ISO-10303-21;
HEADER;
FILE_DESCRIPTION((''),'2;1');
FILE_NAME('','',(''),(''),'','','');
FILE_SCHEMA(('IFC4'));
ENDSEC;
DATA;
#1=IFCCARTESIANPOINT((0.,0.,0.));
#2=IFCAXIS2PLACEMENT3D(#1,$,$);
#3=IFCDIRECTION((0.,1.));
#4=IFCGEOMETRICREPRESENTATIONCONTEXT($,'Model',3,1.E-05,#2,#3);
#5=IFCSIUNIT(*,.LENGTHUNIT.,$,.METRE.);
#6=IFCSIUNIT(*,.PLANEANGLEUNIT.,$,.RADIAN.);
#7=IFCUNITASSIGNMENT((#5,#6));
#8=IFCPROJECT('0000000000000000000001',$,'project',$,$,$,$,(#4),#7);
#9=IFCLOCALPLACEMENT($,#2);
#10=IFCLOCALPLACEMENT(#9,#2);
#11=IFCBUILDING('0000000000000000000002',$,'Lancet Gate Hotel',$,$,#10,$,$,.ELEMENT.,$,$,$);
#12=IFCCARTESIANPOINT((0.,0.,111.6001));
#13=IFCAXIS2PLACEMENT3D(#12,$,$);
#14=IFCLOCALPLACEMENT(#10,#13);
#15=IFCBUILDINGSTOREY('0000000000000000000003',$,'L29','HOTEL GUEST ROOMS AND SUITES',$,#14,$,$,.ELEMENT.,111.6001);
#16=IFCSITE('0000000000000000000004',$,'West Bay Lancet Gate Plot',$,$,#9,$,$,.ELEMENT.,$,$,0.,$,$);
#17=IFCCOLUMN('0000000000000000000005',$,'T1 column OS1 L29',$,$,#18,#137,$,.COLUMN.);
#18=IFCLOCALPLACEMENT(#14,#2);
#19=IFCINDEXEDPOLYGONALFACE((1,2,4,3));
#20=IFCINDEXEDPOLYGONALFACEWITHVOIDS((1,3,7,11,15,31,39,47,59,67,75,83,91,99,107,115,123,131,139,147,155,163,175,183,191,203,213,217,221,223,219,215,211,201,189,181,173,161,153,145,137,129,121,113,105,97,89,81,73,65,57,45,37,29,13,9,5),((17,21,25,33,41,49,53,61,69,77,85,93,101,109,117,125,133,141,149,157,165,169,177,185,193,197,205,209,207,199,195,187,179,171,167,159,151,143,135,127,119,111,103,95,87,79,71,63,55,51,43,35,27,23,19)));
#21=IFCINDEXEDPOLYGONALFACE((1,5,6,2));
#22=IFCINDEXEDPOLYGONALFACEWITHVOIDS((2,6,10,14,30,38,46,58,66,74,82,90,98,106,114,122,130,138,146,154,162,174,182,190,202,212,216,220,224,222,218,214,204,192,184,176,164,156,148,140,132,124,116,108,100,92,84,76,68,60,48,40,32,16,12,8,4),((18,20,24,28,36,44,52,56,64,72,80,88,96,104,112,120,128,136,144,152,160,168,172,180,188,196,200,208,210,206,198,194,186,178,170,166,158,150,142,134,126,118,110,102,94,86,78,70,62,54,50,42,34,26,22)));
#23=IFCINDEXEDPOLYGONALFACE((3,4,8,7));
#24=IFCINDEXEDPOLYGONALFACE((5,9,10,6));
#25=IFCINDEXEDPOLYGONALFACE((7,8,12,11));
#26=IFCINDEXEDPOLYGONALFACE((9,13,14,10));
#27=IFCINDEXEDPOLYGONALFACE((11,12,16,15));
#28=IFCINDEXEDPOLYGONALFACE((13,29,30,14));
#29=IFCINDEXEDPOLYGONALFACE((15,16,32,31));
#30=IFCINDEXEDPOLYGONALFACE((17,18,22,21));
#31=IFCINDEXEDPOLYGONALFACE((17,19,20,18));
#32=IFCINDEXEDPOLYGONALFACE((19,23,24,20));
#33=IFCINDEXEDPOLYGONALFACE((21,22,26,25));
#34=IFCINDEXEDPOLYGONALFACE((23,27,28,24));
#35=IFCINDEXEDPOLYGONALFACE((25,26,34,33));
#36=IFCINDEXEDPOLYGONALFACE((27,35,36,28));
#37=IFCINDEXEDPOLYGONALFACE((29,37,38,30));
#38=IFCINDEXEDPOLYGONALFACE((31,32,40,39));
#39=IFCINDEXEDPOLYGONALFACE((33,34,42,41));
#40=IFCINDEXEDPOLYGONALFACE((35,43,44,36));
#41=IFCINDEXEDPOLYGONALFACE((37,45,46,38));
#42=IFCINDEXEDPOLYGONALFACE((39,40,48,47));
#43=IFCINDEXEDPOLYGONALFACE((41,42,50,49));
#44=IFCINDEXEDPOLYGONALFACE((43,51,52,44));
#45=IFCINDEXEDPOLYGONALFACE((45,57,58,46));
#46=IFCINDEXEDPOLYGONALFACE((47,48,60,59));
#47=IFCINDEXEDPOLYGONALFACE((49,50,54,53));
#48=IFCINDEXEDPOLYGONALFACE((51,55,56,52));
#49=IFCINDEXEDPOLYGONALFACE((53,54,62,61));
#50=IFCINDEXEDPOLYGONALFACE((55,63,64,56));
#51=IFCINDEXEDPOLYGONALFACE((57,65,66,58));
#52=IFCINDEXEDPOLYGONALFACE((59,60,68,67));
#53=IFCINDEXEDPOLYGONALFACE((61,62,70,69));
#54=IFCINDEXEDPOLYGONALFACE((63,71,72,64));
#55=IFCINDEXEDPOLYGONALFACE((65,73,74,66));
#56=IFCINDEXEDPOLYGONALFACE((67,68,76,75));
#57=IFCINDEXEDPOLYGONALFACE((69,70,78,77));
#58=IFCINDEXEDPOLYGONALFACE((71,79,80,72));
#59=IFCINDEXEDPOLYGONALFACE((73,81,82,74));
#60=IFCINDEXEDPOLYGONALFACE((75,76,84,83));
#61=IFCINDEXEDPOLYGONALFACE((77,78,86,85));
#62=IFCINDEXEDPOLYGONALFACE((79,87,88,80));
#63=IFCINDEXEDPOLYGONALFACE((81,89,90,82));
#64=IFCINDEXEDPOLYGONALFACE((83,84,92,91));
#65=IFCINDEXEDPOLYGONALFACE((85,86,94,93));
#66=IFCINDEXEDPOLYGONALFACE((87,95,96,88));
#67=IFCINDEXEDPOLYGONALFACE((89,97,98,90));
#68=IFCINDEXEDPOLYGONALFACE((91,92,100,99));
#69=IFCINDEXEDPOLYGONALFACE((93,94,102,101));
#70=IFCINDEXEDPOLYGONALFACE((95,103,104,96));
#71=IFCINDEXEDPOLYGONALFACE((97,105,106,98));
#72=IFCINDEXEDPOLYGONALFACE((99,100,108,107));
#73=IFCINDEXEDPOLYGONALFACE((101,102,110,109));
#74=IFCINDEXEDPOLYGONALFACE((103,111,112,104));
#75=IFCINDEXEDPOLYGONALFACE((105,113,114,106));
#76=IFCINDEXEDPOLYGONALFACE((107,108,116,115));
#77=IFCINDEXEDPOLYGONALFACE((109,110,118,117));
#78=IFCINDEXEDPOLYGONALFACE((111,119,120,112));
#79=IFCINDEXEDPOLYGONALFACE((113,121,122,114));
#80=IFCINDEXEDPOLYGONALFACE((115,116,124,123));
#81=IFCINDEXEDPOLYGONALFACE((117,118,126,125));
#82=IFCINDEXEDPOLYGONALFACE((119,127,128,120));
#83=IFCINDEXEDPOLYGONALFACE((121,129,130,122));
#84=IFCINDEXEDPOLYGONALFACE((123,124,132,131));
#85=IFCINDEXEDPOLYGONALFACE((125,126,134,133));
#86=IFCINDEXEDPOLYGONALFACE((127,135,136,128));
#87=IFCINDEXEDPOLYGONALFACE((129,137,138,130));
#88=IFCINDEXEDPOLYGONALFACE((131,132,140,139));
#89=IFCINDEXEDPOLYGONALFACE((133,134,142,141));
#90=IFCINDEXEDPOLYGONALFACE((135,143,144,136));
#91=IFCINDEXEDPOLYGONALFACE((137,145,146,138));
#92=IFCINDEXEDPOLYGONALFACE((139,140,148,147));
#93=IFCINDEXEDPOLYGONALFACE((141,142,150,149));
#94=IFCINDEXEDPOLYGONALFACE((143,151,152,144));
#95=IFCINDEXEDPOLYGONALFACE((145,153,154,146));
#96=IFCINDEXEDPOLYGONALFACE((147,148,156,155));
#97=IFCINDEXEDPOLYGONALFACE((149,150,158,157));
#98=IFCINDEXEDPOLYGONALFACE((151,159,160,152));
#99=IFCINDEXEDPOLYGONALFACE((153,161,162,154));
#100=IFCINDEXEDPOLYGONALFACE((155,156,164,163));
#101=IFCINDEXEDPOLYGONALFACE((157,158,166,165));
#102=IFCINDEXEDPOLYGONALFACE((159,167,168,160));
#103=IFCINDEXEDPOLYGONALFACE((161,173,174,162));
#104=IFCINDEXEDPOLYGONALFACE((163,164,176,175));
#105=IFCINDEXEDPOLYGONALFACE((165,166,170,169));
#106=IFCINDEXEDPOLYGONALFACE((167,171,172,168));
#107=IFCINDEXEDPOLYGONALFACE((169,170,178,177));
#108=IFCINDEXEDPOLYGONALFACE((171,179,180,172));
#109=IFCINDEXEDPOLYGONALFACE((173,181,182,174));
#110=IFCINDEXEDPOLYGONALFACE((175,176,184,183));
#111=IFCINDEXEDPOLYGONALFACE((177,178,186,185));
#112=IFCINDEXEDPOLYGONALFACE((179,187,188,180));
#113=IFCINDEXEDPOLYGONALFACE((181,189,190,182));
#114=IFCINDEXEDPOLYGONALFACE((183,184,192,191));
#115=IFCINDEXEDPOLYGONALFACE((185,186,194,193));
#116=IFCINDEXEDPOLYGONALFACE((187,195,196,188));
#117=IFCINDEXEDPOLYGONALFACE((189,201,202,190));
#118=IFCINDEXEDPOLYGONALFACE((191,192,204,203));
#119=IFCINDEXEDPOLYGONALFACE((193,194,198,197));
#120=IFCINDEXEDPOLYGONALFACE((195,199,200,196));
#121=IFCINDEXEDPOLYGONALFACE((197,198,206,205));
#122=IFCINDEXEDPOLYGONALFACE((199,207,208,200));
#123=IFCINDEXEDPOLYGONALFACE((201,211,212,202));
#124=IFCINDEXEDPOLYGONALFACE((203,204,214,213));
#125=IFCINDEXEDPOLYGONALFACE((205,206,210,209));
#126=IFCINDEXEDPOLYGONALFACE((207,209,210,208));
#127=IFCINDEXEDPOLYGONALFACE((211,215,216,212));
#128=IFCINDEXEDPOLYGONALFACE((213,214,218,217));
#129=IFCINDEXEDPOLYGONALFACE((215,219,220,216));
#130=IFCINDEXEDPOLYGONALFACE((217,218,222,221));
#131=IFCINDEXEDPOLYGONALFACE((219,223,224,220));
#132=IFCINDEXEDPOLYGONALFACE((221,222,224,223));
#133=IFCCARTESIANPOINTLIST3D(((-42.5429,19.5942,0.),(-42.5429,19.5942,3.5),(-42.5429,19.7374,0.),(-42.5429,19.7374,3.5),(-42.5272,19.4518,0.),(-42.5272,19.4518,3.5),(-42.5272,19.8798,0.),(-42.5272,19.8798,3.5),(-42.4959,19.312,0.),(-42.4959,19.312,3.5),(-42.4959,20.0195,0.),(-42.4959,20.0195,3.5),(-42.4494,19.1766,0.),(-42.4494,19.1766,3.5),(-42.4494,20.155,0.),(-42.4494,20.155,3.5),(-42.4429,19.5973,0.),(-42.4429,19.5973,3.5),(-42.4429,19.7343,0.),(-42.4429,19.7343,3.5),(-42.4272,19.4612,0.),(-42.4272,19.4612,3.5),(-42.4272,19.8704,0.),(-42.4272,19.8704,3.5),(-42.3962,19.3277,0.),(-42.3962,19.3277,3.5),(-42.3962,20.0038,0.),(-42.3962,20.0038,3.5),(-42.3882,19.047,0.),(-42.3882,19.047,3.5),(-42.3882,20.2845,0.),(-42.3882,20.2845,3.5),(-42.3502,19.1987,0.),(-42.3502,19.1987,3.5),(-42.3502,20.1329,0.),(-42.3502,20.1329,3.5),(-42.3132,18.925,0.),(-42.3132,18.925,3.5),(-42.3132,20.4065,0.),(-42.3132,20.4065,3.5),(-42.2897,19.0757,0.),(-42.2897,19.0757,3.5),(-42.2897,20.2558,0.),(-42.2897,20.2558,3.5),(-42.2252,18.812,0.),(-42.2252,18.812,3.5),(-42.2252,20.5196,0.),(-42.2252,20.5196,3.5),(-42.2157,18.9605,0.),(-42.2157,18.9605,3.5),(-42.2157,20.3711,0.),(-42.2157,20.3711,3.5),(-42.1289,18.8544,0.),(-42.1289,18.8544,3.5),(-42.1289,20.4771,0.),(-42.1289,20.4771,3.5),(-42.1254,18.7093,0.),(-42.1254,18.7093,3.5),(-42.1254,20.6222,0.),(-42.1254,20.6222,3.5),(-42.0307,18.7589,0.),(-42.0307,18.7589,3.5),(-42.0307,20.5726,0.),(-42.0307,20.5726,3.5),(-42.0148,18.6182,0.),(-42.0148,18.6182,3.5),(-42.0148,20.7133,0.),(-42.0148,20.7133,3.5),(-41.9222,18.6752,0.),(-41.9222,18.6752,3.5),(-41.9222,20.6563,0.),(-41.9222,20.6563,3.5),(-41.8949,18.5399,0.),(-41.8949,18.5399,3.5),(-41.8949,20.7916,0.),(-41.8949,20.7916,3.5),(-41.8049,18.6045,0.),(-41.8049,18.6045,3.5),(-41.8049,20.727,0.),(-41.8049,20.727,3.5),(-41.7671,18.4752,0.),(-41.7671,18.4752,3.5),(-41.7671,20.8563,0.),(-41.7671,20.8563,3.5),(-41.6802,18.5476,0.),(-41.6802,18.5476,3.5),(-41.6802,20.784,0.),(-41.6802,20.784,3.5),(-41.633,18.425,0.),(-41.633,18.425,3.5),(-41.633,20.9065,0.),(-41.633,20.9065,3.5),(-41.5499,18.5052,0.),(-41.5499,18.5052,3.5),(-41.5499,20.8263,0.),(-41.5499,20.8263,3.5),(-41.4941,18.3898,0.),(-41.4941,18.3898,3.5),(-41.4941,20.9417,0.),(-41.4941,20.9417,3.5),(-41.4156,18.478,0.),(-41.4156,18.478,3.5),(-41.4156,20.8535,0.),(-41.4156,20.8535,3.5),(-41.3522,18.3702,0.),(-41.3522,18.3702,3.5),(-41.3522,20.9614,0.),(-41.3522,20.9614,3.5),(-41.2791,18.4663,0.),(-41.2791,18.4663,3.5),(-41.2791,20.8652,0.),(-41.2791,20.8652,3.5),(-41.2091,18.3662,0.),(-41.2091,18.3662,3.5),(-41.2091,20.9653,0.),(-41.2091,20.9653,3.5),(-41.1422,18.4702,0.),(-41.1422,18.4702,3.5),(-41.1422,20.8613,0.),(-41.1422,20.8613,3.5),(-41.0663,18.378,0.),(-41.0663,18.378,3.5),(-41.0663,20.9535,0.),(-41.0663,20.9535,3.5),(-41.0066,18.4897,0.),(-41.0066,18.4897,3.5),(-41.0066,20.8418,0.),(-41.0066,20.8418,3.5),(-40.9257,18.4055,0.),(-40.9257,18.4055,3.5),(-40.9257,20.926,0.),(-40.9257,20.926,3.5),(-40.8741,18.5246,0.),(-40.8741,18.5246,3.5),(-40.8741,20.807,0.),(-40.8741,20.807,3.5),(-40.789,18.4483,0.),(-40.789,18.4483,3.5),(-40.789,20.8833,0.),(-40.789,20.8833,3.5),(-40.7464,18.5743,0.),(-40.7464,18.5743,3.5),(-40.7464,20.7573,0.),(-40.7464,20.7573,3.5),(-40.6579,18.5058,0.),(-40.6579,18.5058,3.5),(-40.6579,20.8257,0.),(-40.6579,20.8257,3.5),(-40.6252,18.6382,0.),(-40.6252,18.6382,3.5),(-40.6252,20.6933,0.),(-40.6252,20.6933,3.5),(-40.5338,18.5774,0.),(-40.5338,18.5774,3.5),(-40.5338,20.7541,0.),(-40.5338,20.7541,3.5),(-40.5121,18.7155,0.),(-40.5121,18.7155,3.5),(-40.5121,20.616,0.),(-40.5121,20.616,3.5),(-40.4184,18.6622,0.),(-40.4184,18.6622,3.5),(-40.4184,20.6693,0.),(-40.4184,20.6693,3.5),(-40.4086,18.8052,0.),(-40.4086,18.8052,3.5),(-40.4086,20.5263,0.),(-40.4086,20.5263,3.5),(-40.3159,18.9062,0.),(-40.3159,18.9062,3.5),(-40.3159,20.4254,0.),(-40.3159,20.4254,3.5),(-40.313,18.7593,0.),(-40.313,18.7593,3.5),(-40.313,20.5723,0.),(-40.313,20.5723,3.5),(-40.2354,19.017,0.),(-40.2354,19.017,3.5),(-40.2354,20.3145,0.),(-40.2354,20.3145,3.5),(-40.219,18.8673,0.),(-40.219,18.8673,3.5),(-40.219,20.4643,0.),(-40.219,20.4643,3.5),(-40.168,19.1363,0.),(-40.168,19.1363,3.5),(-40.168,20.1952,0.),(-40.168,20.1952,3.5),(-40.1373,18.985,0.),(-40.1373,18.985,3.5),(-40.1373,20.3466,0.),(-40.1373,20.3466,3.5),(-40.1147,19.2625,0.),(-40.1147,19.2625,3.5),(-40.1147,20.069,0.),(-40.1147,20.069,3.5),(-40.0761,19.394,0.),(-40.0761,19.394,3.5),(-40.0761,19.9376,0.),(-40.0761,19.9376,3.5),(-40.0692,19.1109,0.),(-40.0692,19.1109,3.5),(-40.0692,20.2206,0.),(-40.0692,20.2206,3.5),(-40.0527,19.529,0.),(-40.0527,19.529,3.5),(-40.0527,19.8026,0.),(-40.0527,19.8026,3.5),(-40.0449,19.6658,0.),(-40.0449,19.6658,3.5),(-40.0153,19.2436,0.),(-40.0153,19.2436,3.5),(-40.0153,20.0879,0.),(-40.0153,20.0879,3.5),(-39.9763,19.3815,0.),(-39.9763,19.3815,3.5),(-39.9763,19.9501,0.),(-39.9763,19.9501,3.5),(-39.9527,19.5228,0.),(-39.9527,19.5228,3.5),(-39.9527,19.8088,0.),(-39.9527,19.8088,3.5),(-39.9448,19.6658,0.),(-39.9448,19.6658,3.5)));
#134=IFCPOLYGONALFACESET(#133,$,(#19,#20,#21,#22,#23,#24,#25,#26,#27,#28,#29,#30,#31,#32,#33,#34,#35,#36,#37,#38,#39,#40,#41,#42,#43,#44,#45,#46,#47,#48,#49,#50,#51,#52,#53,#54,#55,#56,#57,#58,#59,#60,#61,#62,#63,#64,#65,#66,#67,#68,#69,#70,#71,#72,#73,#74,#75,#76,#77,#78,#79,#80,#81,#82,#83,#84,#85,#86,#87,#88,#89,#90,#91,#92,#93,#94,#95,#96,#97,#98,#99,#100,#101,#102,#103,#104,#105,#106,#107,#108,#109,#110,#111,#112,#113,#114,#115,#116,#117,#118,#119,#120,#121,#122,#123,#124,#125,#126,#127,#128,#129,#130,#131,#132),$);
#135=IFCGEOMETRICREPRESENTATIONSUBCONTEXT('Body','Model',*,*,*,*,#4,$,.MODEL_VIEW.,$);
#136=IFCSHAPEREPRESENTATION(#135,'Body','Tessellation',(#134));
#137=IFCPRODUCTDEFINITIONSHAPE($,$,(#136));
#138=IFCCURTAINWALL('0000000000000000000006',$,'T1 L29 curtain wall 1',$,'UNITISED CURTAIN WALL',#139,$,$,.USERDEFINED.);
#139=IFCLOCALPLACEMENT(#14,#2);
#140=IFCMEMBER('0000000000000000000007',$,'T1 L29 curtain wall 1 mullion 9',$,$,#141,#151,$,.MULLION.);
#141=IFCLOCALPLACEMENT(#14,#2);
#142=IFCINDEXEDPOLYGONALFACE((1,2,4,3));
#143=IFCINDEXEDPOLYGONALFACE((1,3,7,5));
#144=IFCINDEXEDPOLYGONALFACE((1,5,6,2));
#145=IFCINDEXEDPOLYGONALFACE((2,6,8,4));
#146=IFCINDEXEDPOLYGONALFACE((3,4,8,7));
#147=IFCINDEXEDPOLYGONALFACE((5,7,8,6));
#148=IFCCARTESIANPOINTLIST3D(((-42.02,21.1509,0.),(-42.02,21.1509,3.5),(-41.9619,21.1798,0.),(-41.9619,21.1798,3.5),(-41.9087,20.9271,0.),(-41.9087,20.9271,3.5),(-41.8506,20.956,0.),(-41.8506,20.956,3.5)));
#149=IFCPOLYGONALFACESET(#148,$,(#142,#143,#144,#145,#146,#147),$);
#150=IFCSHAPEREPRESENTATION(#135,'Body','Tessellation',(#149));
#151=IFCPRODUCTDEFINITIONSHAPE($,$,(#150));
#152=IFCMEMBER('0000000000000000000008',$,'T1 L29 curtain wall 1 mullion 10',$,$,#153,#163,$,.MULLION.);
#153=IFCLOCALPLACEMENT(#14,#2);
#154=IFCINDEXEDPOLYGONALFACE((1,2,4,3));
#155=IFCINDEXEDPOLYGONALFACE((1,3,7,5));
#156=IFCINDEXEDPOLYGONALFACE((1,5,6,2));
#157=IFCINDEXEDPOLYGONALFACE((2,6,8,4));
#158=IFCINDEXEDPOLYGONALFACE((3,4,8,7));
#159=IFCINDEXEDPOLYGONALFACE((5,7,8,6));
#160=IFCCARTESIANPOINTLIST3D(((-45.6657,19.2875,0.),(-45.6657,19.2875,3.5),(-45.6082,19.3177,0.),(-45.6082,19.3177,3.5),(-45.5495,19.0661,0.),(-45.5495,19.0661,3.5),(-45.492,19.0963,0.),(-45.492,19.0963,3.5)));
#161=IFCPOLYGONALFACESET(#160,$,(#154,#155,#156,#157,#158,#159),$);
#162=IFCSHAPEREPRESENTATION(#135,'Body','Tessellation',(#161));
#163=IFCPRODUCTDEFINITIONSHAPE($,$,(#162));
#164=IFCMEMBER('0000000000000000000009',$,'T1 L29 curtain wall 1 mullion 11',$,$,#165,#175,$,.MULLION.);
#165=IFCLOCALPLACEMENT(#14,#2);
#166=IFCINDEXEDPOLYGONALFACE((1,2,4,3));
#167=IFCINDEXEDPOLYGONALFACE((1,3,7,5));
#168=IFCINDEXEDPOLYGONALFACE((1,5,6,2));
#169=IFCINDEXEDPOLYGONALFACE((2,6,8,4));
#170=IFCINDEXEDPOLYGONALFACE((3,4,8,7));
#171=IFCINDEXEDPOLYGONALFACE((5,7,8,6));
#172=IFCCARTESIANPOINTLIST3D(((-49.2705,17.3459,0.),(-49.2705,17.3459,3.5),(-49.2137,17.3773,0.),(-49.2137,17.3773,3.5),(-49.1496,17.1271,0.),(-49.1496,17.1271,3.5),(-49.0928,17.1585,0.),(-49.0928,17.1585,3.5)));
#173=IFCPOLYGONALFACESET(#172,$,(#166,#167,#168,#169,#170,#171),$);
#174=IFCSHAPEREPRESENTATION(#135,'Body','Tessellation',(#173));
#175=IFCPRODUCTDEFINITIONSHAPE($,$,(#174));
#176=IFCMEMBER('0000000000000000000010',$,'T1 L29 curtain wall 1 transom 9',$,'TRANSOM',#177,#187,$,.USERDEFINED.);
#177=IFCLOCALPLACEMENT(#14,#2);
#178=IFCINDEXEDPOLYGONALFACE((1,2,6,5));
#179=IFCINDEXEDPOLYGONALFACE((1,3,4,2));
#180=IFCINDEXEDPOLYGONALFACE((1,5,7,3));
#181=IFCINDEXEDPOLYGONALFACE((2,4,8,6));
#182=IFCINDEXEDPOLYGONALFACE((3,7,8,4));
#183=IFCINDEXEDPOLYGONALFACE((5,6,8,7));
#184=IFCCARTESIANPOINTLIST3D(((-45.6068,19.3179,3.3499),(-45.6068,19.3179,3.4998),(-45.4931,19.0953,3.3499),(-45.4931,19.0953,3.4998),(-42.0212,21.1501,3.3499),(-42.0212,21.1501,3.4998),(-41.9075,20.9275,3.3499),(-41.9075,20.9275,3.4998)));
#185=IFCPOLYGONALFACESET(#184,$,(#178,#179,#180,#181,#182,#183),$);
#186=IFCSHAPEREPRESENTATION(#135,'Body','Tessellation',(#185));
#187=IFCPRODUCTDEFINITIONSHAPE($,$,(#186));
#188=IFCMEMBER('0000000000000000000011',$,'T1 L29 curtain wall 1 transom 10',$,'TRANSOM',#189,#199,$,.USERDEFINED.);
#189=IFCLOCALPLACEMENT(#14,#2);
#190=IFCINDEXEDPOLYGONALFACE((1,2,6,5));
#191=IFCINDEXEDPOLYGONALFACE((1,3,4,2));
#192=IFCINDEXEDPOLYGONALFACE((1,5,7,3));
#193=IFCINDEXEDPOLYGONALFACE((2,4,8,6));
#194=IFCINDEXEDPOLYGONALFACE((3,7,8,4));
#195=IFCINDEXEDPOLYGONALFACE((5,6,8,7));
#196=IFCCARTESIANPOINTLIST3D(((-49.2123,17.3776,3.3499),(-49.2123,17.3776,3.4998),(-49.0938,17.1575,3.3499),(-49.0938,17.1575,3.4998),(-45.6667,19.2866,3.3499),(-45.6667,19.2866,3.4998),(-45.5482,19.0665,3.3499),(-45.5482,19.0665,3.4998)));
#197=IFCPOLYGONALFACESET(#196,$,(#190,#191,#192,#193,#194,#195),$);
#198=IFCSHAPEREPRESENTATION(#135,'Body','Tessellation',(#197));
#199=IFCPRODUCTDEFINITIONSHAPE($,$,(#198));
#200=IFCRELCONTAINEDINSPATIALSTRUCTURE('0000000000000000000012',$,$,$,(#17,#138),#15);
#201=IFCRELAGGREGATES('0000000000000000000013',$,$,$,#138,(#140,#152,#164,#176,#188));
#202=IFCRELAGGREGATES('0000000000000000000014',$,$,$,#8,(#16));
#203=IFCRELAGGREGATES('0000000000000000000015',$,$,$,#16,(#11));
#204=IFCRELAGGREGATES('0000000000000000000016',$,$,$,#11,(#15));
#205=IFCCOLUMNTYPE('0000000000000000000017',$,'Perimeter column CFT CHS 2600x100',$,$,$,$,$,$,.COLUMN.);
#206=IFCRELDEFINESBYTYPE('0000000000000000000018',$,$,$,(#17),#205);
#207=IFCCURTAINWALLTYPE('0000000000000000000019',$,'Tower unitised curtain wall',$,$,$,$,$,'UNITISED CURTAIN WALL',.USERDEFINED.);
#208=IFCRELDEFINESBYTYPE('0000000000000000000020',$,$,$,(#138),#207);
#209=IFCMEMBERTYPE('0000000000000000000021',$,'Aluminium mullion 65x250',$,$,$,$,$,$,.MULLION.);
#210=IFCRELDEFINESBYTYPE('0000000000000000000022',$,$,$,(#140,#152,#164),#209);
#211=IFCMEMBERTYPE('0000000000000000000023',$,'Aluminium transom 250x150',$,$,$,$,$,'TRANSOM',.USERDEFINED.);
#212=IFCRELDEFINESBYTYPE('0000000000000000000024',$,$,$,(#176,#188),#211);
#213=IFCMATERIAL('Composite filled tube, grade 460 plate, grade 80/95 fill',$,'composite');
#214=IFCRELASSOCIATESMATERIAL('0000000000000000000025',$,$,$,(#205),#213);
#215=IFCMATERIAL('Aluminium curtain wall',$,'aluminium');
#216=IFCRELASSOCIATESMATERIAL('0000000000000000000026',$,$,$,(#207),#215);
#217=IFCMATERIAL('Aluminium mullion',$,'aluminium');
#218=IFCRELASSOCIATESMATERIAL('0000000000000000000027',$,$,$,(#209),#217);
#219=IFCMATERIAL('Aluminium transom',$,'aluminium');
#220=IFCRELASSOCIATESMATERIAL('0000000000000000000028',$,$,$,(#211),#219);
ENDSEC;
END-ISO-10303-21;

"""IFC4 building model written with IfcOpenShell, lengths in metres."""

from ifc_helpers import new_model, si_unit, direction, frame, origin, origin_2d, place, context, subcontext, project, spatial, rectangle, hollow_circle, extrude, material, material_profile, profile_set, type_object, element, aggregate, save


model = new_model("IFC4")

# Units and contexts
model_context = context("Model", 3, precision=1e-05, world=origin(), true_north=direction((0.0, 1.0)))
body_context = subcontext(model_context, "Body", "Model", "MODEL_VIEW")
ifc_project = project(units=[si_unit("LENGTHUNIT", "METRE"), si_unit("PLANEANGLEUNIT", "RADIAN")], contexts=[model_context])

# Site, building, storey
site_placement = place(None, origin())
site = spatial("IfcSite", under=ifc_project, at=site_placement, Name="West Bay Lancet Gate Plot", CompositionType="ELEMENT", RefElevation=0.0)
building_placement = place(site_placement, origin())
building = spatial("IfcBuilding", under=site, at=building_placement, Name="Lancet Gate Hotel", CompositionType="ELEMENT")
storey_placement = place(building_placement, frame((0.0, 0.0, 111.6001)))
storey = spatial("IfcBuildingStorey", under=building, at=storey_placement, Name="L29", Description="HOTEL GUEST ROOMS AND SUITES", CompositionType="ELEMENT", Elevation=111.6001)

# Column
ifc_material_1 = material(Name="Composite filled tube, grade 460 plate, grade 80/95 fill", Category="composite")
ifc_material_profile_1 = material_profile(ifc_material_1, hollow_circle(Radius=1.3, WallThickness=0.1001, at=origin_2d()), Name="CHS 2600x100")
ifc_profile_set_1 = profile_set([ifc_material_profile_1], Name="Composite filled tube, grade 460 plate, grade 80/95 fill")
column_type = type_object("IfcColumnType", Name="Perimeter column CFT CHS 2600x100", PredefinedType="COLUMN", material=ifc_profile_set_1)
column_placement = place(storey_placement, frame((-41.2449, 19.6658, 0.0), z_axis=(0.0, 0.0, 1.0), x_axis=(1.0, 0.0, 0.0)))
element("IfcColumn", 1, at=column_placement, inside=storey, type_object=column_type, Name="T1 column OS1 L29", PredefinedType="COLUMN", context=body_context, shape_type="SweptSolid", body=[
    extrude(hollow_circle(Radius=1.3, WallThickness=0.1001, at=origin_2d()), origin(), (0.0, 0.0, 1.0), 3.5),
])

# Curtain wall, members
ifc_material_2 = material(Name="Aluminium curtain wall", Category="aluminium")
curtain_wall_type = type_object("IfcCurtainWallType", Name="Tower unitised curtain wall", ElementType="UNITISED CURTAIN WALL", PredefinedType="USERDEFINED", material=ifc_material_2)
curtain_wall_placement = place(storey_placement, origin())
curtain_wall = element("IfcCurtainWall", 2, at=curtain_wall_placement, inside=storey, type_object=curtain_wall_type, Name="T1 L29 curtain wall 1", ObjectType="UNITISED CURTAIN WALL", PredefinedType="USERDEFINED")
ifc_material_3 = material(Name="Aluminium mullion", Category="aluminium")
ifc_material_profile_2 = material_profile(ifc_material_3, rectangle(XDim=0.0649, YDim=0.25, at=origin_2d()), Name="MULLION 65x250")
ifc_profile_set_2 = profile_set([ifc_material_profile_2], Name="Aluminium mullion")
member_type_1 = type_object("IfcMemberType", Name="Aluminium mullion 65x250", PredefinedType="MULLION", material=ifc_profile_set_2)
member_1_placement = place(storey_placement, frame((-41.9353, 21.0535, 0.0), z_axis=(0.0, 0.0, 1.0), x_axis=(-0.895339, -0.445384, 0.0)))
member_1 = element("IfcMember", 3, at=member_1_placement, type_object=member_type_1, Name="T1 L29 curtain wall 1 mullion 9", PredefinedType="MULLION", context=body_context, shape_type="SweptSolid", body=[
    extrude(rectangle(XDim=0.0649, YDim=0.25, at=origin_2d()), origin(), (0.0, 0.0, 1.0), 3.5),
])
member_2_placement = place(storey_placement, frame((-45.5789, 19.1919, 0.0), z_axis=(0.0, 0.0, 1.0), x_axis=(-0.885544, -0.464555, 0.0)))
member_2 = element("IfcMember", 4, at=member_2_placement, type_object=member_type_1, Name="T1 L29 curtain wall 1 mullion 10", PredefinedType="MULLION", context=body_context, shape_type="SweptSolid", body=[
    extrude(rectangle(XDim=0.0649, YDim=0.25, at=origin_2d()), origin(), (0.0, 0.0, 1.0), 3.5),
])
member_3_placement = place(storey_placement, frame((-49.1816, 17.2522, 0.0), z_axis=(0.0, 0.0, 1.0), x_axis=(-0.875339, -0.48351, 0.0)))
member_3 = element("IfcMember", 5, at=member_3_placement, type_object=member_type_1, Name="T1 L29 curtain wall 1 mullion 11", PredefinedType="MULLION", context=body_context, shape_type="SweptSolid", body=[
    extrude(rectangle(XDim=0.0649, YDim=0.25, at=origin_2d()), origin(), (0.0, 0.0, 1.0), 3.5),
])
ifc_material_4 = material(Name="Aluminium transom", Category="aluminium")
ifc_material_profile_3 = material_profile(ifc_material_4, rectangle(XDim=0.25, YDim=0.1499, at=origin_2d()), Name="TRANSOM 250x150")
ifc_profile_set_3 = profile_set([ifc_material_profile_3], Name="Aluminium transom")
member_type_2 = type_object("IfcMemberType", Name="Aluminium transom 250x150", ElementType="TRANSOM", PredefinedType="USERDEFINED", material=ifc_profile_set_3)
member_4_placement = place(storey_placement, frame((-41.9644, 21.0388, 3.4248), z_axis=(-0.890476, -0.45503, 0.0), x_axis=(0.45503, -0.890476, 0.0)))
member_4 = element("IfcMember", 6, at=member_4_placement, type_object=member_type_2, Name="T1 L29 curtain wall 1 transom 9", ObjectType="TRANSOM", PredefinedType="USERDEFINED", context=body_context, shape_type="SweptSolid", body=[
    extrude(rectangle(XDim=0.25, YDim=0.1499, at=origin_2d()), origin(), (0.0, 0.0, 1.0), 4.0266),
])
member_5_placement = place(storey_placement, frame((-45.6074, 19.1765, 3.4248), z_axis=(-0.880498, -0.474049, 0.0), x_axis=(0.474049, -0.880498, 0.0)))
member_5 = element("IfcMember", 7, at=member_5_placement, type_object=member_type_2, Name="T1 L29 curtain wall 1 transom 10", ObjectType="TRANSOM", PredefinedType="USERDEFINED", context=body_context, shape_type="SweptSolid", body=[
    extrude(rectangle(XDim=0.25, YDim=0.1499, at=origin_2d()), origin(), (0.0, 0.0, 1.0), 4.0269),
])

aggregate(curtain_wall, [member_1, member_2, member_3, member_4, member_5])

save(model, "model.ifc")
